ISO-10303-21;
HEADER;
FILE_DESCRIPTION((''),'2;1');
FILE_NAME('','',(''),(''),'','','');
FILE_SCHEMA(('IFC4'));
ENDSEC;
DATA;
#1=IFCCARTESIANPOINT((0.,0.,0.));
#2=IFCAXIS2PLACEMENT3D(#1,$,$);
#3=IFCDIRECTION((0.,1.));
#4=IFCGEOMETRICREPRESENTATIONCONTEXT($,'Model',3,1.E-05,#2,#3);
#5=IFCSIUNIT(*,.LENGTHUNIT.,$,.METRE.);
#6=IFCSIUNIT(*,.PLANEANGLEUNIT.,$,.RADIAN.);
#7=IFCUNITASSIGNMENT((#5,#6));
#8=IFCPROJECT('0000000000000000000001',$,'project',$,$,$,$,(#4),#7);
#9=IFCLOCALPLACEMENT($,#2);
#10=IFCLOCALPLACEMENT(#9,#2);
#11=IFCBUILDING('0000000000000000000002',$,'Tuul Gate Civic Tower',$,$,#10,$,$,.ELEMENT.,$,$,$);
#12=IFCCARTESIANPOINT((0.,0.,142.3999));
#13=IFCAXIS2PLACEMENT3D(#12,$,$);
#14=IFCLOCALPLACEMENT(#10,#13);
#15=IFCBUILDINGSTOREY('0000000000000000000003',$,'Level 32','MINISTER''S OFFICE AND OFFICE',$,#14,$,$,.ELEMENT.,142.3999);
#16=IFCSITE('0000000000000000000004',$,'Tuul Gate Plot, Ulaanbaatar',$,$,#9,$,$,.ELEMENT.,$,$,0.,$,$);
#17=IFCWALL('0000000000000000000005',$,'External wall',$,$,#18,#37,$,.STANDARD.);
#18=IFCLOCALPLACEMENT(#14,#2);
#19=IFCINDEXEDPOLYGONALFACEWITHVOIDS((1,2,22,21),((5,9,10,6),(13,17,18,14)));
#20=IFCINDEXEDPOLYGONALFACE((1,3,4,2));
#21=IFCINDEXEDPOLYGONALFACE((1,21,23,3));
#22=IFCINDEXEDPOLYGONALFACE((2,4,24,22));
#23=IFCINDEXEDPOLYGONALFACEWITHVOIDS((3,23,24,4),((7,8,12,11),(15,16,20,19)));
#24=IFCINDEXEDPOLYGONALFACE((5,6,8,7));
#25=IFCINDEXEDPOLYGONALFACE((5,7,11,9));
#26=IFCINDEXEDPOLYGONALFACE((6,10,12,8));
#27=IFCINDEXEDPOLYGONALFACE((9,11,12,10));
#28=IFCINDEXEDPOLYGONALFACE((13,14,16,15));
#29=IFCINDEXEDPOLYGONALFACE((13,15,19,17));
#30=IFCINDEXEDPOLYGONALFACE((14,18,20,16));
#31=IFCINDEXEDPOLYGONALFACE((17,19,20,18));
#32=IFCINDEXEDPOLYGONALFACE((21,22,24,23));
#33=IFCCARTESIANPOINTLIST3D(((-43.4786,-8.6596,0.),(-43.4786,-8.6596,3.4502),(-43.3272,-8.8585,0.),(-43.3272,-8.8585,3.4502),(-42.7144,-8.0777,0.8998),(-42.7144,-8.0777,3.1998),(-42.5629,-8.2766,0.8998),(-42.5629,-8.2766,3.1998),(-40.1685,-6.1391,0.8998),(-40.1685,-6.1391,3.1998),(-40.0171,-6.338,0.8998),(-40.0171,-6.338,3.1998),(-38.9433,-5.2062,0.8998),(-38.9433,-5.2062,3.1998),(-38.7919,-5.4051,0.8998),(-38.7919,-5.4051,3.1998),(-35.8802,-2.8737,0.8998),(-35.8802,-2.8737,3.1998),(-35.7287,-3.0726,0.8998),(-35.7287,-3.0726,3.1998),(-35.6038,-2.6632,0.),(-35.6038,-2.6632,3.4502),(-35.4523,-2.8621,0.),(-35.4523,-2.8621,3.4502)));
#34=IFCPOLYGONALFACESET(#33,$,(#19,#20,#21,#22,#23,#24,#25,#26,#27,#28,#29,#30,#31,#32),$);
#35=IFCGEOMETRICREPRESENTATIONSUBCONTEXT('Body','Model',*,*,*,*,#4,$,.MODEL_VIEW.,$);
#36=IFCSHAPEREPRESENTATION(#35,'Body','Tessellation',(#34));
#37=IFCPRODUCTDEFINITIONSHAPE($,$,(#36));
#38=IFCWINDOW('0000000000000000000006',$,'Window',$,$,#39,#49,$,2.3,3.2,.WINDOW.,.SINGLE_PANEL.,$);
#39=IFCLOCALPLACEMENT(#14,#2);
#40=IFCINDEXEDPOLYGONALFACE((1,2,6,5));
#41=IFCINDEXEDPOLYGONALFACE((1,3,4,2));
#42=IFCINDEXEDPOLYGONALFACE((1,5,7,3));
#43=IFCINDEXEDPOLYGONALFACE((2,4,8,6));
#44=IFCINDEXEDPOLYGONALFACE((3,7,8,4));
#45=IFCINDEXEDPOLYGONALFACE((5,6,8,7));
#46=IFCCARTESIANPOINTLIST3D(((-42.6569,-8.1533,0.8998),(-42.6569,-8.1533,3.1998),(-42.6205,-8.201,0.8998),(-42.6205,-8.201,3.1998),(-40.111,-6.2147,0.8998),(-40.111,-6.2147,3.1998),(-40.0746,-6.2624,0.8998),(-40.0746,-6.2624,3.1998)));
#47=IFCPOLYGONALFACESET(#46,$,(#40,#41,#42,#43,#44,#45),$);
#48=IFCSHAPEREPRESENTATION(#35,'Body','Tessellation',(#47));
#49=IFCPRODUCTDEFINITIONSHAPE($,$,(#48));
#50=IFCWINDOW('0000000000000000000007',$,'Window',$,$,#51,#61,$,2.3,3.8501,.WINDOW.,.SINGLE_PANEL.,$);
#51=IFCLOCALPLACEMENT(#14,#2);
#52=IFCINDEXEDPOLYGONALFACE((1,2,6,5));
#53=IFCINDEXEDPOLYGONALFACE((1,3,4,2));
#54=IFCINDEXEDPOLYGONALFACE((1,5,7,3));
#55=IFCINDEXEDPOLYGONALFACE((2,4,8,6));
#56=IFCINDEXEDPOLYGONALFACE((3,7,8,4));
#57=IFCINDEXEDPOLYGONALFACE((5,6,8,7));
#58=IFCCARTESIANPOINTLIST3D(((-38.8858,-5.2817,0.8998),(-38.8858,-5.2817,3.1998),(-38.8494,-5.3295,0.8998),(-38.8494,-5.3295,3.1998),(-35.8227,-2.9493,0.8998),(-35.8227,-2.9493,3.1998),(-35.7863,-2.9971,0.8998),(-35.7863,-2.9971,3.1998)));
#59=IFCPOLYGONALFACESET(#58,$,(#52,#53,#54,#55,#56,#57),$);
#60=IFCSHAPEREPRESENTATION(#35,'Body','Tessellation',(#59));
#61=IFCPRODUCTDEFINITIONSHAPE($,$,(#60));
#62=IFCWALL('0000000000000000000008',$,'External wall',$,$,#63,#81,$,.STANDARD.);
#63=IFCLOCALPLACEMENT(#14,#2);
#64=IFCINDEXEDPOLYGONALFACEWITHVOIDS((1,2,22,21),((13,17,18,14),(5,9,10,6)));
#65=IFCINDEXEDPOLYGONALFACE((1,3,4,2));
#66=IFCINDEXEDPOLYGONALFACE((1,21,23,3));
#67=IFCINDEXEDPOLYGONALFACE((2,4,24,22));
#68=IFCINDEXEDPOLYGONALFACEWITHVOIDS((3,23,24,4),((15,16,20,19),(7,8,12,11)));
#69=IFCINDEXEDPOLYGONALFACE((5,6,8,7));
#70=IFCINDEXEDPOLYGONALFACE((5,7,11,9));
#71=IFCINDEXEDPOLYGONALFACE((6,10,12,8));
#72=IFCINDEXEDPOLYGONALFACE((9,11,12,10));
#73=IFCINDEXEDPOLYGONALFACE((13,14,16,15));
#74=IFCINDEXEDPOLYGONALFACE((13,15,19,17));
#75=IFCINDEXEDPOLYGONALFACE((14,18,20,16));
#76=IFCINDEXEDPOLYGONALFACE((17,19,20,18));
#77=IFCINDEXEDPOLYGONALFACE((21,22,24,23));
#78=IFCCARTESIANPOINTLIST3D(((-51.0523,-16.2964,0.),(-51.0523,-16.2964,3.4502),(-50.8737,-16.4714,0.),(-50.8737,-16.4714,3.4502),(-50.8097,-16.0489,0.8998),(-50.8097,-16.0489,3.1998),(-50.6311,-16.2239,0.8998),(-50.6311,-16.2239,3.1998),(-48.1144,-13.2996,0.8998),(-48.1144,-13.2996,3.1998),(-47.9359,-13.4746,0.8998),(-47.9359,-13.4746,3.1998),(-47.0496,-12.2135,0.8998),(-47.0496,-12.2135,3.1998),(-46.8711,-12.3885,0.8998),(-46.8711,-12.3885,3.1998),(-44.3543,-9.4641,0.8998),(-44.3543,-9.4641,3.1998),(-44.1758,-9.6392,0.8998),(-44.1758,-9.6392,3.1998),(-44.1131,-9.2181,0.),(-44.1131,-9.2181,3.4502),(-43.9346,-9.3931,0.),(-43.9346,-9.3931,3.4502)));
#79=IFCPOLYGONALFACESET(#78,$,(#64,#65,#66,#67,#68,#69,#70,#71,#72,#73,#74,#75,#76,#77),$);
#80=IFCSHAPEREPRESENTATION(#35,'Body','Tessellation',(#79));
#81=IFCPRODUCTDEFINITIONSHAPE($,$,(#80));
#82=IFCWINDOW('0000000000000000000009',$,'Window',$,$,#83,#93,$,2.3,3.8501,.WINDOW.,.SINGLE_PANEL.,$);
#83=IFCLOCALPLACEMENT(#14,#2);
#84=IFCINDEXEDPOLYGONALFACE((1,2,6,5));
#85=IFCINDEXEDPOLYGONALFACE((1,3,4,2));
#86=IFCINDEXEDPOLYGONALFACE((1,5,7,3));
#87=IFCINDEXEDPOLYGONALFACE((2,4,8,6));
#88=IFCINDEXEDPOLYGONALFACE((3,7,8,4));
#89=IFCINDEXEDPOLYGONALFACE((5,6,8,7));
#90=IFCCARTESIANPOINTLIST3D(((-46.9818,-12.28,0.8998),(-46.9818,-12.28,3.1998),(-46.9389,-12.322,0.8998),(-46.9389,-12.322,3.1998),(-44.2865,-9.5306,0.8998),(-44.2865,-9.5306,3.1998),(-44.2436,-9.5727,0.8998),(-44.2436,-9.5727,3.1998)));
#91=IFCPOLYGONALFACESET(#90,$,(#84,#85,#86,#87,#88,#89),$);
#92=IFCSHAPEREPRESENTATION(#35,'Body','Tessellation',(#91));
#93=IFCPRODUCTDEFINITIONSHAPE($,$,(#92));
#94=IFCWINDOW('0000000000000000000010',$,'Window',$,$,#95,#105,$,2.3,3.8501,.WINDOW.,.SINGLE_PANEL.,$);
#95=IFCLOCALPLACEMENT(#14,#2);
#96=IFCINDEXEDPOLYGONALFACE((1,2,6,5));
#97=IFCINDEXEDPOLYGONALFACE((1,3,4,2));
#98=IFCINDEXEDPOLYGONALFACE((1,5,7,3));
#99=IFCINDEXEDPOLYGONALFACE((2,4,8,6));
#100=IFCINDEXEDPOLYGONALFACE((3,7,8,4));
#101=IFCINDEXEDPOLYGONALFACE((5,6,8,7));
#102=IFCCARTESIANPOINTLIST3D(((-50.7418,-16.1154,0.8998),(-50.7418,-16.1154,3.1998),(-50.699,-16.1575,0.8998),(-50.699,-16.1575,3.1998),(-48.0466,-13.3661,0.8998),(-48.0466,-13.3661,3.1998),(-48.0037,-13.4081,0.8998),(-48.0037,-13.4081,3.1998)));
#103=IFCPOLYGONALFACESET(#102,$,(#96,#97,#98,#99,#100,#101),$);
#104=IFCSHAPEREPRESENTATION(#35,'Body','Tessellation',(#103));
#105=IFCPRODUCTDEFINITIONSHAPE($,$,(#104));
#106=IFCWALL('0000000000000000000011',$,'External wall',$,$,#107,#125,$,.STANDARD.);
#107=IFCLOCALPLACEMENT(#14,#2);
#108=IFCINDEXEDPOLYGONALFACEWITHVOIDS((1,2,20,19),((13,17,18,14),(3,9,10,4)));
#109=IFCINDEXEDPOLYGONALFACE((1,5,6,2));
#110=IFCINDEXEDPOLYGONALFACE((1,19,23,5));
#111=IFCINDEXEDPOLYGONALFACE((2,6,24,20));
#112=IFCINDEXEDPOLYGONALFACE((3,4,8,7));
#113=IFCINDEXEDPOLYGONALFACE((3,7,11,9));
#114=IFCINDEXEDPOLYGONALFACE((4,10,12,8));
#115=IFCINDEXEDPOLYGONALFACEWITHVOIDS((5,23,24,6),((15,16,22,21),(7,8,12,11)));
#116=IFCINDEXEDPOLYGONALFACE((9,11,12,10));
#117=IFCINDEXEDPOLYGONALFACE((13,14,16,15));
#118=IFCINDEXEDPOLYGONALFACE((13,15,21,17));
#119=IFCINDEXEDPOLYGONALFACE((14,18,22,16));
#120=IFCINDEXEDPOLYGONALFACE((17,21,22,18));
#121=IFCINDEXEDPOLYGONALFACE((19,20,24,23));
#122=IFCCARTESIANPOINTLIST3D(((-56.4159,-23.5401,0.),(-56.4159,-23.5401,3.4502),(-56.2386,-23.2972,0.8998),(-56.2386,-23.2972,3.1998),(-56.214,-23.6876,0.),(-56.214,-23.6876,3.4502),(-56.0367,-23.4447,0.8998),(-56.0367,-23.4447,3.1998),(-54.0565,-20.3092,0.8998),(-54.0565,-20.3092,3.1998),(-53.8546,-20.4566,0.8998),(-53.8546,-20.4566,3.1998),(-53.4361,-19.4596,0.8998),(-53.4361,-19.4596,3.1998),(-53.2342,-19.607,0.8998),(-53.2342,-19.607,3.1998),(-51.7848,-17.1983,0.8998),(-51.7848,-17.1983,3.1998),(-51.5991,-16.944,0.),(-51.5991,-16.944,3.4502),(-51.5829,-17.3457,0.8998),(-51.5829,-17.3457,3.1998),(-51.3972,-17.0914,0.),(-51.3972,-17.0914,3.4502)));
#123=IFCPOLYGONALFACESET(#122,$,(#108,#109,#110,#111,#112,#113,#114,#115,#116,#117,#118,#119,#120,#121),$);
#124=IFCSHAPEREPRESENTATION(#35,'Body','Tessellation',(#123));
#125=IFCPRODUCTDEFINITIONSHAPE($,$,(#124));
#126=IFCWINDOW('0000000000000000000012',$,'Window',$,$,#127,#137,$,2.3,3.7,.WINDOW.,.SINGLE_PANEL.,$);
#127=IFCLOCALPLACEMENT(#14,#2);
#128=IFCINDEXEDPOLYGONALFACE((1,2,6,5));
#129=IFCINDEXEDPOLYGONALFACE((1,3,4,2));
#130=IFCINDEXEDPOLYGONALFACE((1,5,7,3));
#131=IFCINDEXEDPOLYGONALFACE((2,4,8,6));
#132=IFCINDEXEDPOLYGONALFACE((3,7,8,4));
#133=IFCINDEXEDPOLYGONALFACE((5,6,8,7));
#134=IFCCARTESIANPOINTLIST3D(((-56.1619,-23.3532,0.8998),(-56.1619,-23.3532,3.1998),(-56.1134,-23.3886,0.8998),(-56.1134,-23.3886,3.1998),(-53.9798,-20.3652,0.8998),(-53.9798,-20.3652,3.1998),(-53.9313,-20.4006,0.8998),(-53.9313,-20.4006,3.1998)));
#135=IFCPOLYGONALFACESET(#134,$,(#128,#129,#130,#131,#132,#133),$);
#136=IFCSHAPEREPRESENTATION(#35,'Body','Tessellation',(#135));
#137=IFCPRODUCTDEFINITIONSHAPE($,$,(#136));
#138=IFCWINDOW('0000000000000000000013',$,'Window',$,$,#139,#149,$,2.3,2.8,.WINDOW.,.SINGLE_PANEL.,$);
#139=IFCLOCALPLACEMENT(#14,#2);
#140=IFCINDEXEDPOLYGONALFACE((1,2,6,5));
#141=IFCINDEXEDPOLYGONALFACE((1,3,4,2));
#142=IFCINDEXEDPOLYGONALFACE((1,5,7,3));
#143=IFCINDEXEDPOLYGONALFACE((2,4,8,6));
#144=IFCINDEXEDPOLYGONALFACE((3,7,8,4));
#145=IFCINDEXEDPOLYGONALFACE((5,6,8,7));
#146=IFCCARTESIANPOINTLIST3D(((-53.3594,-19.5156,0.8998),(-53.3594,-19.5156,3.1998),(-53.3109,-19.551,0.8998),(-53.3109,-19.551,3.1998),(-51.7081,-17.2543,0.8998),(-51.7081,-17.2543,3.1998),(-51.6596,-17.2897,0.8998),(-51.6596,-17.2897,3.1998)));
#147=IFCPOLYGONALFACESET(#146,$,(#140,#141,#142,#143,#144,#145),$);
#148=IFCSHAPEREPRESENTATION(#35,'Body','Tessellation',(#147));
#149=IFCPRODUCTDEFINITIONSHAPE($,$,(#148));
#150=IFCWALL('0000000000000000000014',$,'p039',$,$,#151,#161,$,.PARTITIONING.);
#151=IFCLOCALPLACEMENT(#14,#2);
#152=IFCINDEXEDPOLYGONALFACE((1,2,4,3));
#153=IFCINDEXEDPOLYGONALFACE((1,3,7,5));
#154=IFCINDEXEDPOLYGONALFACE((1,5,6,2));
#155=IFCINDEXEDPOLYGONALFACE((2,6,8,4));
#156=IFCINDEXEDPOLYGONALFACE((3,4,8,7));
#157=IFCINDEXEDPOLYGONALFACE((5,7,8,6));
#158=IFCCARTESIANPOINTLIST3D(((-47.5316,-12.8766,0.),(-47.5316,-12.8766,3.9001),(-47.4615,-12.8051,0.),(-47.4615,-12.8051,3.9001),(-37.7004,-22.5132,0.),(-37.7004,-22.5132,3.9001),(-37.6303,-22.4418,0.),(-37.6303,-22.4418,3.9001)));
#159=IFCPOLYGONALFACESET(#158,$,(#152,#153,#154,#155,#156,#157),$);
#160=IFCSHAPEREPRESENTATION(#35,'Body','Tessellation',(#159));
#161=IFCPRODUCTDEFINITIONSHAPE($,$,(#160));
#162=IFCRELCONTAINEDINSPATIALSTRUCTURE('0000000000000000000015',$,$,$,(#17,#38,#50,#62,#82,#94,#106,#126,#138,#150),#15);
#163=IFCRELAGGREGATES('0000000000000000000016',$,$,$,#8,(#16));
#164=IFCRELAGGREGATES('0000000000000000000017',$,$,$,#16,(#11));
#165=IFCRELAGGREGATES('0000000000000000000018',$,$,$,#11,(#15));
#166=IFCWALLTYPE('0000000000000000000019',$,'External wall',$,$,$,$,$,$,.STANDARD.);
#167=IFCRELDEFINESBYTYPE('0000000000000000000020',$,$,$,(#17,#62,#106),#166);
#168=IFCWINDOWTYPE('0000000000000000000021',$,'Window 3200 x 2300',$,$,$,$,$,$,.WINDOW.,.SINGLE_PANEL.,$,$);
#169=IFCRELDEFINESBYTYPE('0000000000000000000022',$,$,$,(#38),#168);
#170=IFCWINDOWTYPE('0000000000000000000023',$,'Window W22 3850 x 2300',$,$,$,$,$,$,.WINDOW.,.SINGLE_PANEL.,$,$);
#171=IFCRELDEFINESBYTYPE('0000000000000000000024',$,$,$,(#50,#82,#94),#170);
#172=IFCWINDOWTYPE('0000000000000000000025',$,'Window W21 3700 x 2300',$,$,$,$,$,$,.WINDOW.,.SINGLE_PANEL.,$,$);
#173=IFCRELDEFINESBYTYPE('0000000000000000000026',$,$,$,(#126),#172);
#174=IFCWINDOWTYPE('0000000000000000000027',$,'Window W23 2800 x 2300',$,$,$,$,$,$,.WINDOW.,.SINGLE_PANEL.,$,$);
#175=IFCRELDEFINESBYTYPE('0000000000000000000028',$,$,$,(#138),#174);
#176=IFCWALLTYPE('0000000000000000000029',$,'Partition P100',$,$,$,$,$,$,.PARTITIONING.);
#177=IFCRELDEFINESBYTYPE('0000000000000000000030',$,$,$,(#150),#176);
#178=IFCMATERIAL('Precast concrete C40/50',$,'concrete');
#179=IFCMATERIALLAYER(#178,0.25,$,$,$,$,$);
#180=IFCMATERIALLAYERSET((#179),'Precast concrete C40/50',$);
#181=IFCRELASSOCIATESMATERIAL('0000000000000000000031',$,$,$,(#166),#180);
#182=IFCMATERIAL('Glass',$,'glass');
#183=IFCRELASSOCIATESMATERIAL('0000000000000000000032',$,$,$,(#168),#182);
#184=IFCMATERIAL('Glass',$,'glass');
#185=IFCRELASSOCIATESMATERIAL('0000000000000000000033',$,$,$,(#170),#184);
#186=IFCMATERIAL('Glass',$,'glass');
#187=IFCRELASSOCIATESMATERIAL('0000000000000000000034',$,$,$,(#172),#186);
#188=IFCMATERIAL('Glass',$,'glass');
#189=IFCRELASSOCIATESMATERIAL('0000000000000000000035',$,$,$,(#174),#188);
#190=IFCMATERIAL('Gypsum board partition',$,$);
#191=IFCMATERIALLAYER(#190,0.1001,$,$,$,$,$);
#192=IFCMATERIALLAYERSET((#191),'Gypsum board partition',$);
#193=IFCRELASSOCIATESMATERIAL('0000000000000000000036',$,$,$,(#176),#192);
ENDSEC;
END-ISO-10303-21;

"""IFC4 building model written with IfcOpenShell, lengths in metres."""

from ifc_helpers import new_model, si_unit, direction, frame, frame_2d, origin, place, context, subcontext, project, spatial, rectangle, extrude, material, layer, layer_set, type_object, element, fill, save


model = new_model("IFC4")

# Units and contexts
model_context = context("Model", 3, precision=1e-05, world=origin(), true_north=direction((0.0, 1.0)))
body_context = subcontext(model_context, "Body", "Model", "MODEL_VIEW")
ifc_project = project(units=[si_unit("LENGTHUNIT", "METRE"), si_unit("PLANEANGLEUNIT", "RADIAN")], contexts=[model_context])

# Site, building, storey
site_placement = place(None, origin())
site = spatial("IfcSite", under=ifc_project, at=site_placement, Name="Tuul Gate Plot, Ulaanbaatar", CompositionType="ELEMENT", RefElevation=0.0)
building_placement = place(site_placement, origin())
building = spatial("IfcBuilding", under=site, at=building_placement, Name="Tuul Gate Civic Tower", CompositionType="ELEMENT")
storey_placement = place(building_placement, frame((0.0, 0.0, 142.3999)))
storey = spatial("IfcBuildingStorey", under=building, at=storey_placement, Name="Level 32", Description="MINISTER'S OFFICE AND OFFICE", CompositionType="ELEMENT", Elevation=142.3999)

# Walls, openings, windows
ifc_material_1 = material(Name="Precast concrete C40/50", Category="concrete")
ifc_layer_1 = layer(ifc_material_1, 0.25)
ifc_layer_set_1 = layer_set([ifc_layer_1], Name="Precast concrete C40/50")
wall_type_1 = type_object("IfcWallType", Name="External wall", PredefinedType="STANDARD", material=ifc_layer_set_1)
wall_1_placement = place(storey_placement, frame((-35.5281, -2.7627, 0.0), z_axis=(0.0, 0.0, 1.0), x_axis=(-0.795601, -0.605821, 0.0)))
wall_1 = element("IfcWall", 1, at=wall_1_placement, inside=storey, type_object=wall_type_1, Name="External wall", PredefinedType="STANDARD", context=body_context, shape_type="SweptSolid", body=[
    extrude(rectangle(XDim=9.8979, YDim=0.25, at=frame_2d((4.949, 0.0))), origin(), (0.0, 0.0, 1.0), 3.4502),
])
opening_1_placement = place(wall_1_placement, frame((0.3474, 0.0, 0.8999)))
opening_1 = element("IfcOpeningElement", 2, at=opening_1_placement, cuts=wall_1, PredefinedType="OPENING", context=body_context, shape_type="SweptSolid", body=[
    extrude(rectangle(XDim=3.8501, YDim=2.3, at=frame_2d((1.925, 1.1499))), frame((0.0, 0.135, 0.0), z_axis=(0.0, -1.0, 0.0), x_axis=(1.0, 0.0, 0.0)), (0.0, 0.0, 1.0), 0.27),
])
opening_2_placement = place(wall_1_placement, frame((5.7373, 0.0, 0.8999)))
opening_2 = element("IfcOpeningElement", 3, at=opening_2_placement, cuts=wall_1, PredefinedType="OPENING", context=body_context, shape_type="SweptSolid", body=[
    extrude(rectangle(XDim=3.2, YDim=2.3, at=frame_2d((1.6001, 1.1499))), frame((0.0, 0.135, 0.0), z_axis=(0.0, -1.0, 0.0), x_axis=(1.0, 0.0, 0.0)), (0.0, 0.0, 1.0), 0.27),
])
ifc_material_2 = material(Name="Glass", Category="glass")
window_type_1 = type_object("IfcWindowType", Name="Window 3200 x 2300", PartitioningType="SINGLE_PANEL", PredefinedType="WINDOW", material=ifc_material_2)
window_1_placement = place(opening_2_placement, origin())
window_1 = element("IfcWindow", 4, at=window_1_placement, inside=storey, type_object=window_type_1, Name="Window", OverallHeight=2.3, OverallWidth=3.2, PartitioningType="SINGLE_PANEL", PredefinedType="WINDOW", context=body_context, shape_type="SweptSolid", body=[
    extrude(rectangle(XDim=3.2, YDim=2.3, at=frame_2d((1.6001, 1.1499))), frame((0.0, 0.03, 0.0), z_axis=(0.0, -1.0, 0.0), x_axis=(1.0, 0.0, 0.0)), (0.0, 0.0, 1.0), 0.0601),
])
fill(opening_2, window_1)
ifc_material_3 = material(Name="Glass", Category="glass")
window_type_2 = type_object("IfcWindowType", Name="Window W22 3850 x 2300", PartitioningType="SINGLE_PANEL", PredefinedType="WINDOW", material=ifc_material_3)
window_2_placement = place(opening_1_placement, origin())
window_2 = element("IfcWindow", 5, at=window_2_placement, inside=storey, type_object=window_type_2, Name="Window", OverallHeight=2.3, OverallWidth=3.8501, PartitioningType="SINGLE_PANEL", PredefinedType="WINDOW", context=body_context, shape_type="SweptSolid", body=[
    extrude(rectangle(XDim=3.8501, YDim=2.3, at=frame_2d((1.925, 1.1499))), frame((0.0, 0.03, 0.0), z_axis=(0.0, -1.0, 0.0), x_axis=(1.0, 0.0, 0.0)), (0.0, 0.0, 1.0), 0.0601),
])
fill(opening_1, window_2)
wall_2_placement = place(storey_placement, frame((-44.0239, -9.3057, 0.0), z_axis=(0.0, 0.0, 1.0), x_axis=(-0.700052, -0.714091, 0.0)))
wall_2 = element("IfcWall", 6, at=wall_2_placement, inside=storey, type_object=wall_type_1, Name="External wall", PredefinedType="STANDARD", context=body_context, shape_type="SweptSolid", body=[
    extrude(rectangle(XDim=9.9124, YDim=0.25, at=frame_2d((4.9561, 0.0))), origin(), (0.0, 0.0, 1.0), 3.4502),
])
opening_3_placement = place(wall_2_placement, frame((0.3445, 0.0, 0.8999)))
opening_3 = element("IfcOpeningElement", 7, at=opening_3_placement, cuts=wall_2, PredefinedType="OPENING", context=body_context, shape_type="SweptSolid", body=[
    extrude(rectangle(XDim=3.8501, YDim=2.3, at=frame_2d((1.925, 1.1499))), frame((0.0, 0.135, 0.0), z_axis=(0.0, -1.0, 0.0), x_axis=(1.0, 0.0, 0.0)), (0.0, 0.0, 1.0), 0.27),
])
opening_4_placement = place(wall_2_placement, frame((5.7156, 0.0, 0.8999)))
opening_4 = element("IfcOpeningElement", 8, at=opening_4_placement, cuts=wall_2, PredefinedType="OPENING", context=body_context, shape_type="SweptSolid", body=[
    extrude(rectangle(XDim=3.8501, YDim=2.3, at=frame_2d((1.925, 1.1499))), frame((0.0, 0.135, 0.0), z_axis=(0.0, -1.0, 0.0), x_axis=(1.0, 0.0, 0.0)), (0.0, 0.0, 1.0), 0.27),
])
window_3_placement = place(opening_3_placement, origin())
window_3 = element("IfcWindow", 9, at=window_3_placement, inside=storey, type_object=window_type_2, Name="Window", OverallHeight=2.3, OverallWidth=3.8501, PartitioningType="SINGLE_PANEL", PredefinedType="WINDOW", context=body_context, shape_type="SweptSolid", body=[
    extrude(rectangle(XDim=3.8501, YDim=2.3, at=frame_2d((1.925, 1.1499))), frame((0.0, 0.03, 0.0), z_axis=(0.0, -1.0, 0.0), x_axis=(1.0, 0.0, 0.0)), (0.0, 0.0, 1.0), 0.0601),
])
fill(opening_3, window_3)
window_4_placement = place(opening_4_placement, origin())
window_4 = element("IfcWindow", 10, at=window_4_placement, inside=storey, type_object=window_type_2, Name="Window", OverallHeight=2.3, OverallWidth=3.8501, PartitioningType="SINGLE_PANEL", PredefinedType="WINDOW", context=body_context, shape_type="SweptSolid", body=[
    extrude(rectangle(XDim=3.8501, YDim=2.3, at=frame_2d((1.925, 1.1499))), frame((0.0, 0.03, 0.0), z_axis=(0.0, -1.0, 0.0), x_axis=(1.0, 0.0, 0.0)), (0.0, 0.0, 1.0), 0.0601),
])
fill(opening_4, window_4)
wall_3_placement = place(storey_placement, frame((-51.498, -17.0176, 0.0), z_axis=(0.0, 0.0, 1.0), x_axis=(-0.589745, -0.807589, 0.0)))
wall_3 = element("IfcWall", 11, at=wall_3_placement, inside=storey, type_object=wall_type_1, Name="External wall", PredefinedType="STANDARD", context=body_context, shape_type="SweptSolid", body=[
    extrude(rectangle(XDim=8.1677, YDim=0.25, at=frame_2d((4.084, 0.0))), origin(), (0.0, 0.0, 1.0), 3.4502),
])
opening_5_placement = place(wall_3_placement, frame((0.3152, 0.0, 0.8999)))
opening_5 = element("IfcOpeningElement", 12, at=opening_5_placement, cuts=wall_3, PredefinedType="OPENING", context=body_context, shape_type="SweptSolid", body=[
    extrude(rectangle(XDim=2.8, YDim=2.3, at=frame_2d((1.3999, 1.1499))), frame((0.0, 0.135, 0.0), z_axis=(0.0, -1.0, 0.0), x_axis=(1.0, 0.0, 0.0)), (0.0, 0.0, 1.0), 0.27),
])
opening_6_placement = place(wall_3_placement, frame((4.167, 0.0, 0.8999)))
opening_6 = element("IfcOpeningElement", 13, at=opening_6_placement, cuts=wall_3, PredefinedType="OPENING", context=body_context, shape_type="SweptSolid", body=[
    extrude(rectangle(XDim=3.7, YDim=2.3, at=frame_2d((1.8501, 1.1499))), frame((0.0, 0.135, 0.0), z_axis=(0.0, -1.0, 0.0), x_axis=(1.0, 0.0, 0.0)), (0.0, 0.0, 1.0), 0.27),
])
ifc_material_4 = material(Name="Glass", Category="glass")
window_type_3 = type_object("IfcWindowType", Name="Window W21 3700 x 2300", PartitioningType="SINGLE_PANEL", PredefinedType="WINDOW", material=ifc_material_4)
window_5_placement = place(opening_6_placement, origin())
window_5 = element("IfcWindow", 14, at=window_5_placement, inside=storey, type_object=window_type_3, Name="Window", OverallHeight=2.3, OverallWidth=3.7, PartitioningType="SINGLE_PANEL", PredefinedType="WINDOW", context=body_context, shape_type="SweptSolid", body=[
    extrude(rectangle(XDim=3.7, YDim=2.3, at=frame_2d((1.8501, 1.1499))), frame((0.0, 0.03, 0.0), z_axis=(0.0, -1.0, 0.0), x_axis=(1.0, 0.0, 0.0)), (0.0, 0.0, 1.0), 0.0601),
])
fill(opening_6, window_5)
ifc_material_5 = material(Name="Glass", Category="glass")
window_type_4 = type_object("IfcWindowType", Name="Window W23 2800 x 2300", PartitioningType="SINGLE_PANEL", PredefinedType="WINDOW", material=ifc_material_5)
window_6_placement = place(opening_5_placement, origin())
window_6 = element("IfcWindow", 15, at=window_6_placement, inside=storey, type_object=window_type_4, Name="Window", OverallHeight=2.3, OverallWidth=2.8, PartitioningType="SINGLE_PANEL", PredefinedType="WINDOW", context=body_context, shape_type="SweptSolid", body=[
    extrude(rectangle(XDim=2.8, YDim=2.3, at=frame_2d((1.3999, 1.1499))), frame((0.0, 0.03, 0.0), z_axis=(0.0, -1.0, 0.0), x_axis=(1.0, 0.0, 0.0)), (0.0, 0.0, 1.0), 0.0601),
])
fill(opening_5, window_6)

# Wall
ifc_material_6 = material(Name="Gypsum board partition")
ifc_layer_2 = layer(ifc_material_6, 0.1001)
ifc_layer_set_2 = layer_set([ifc_layer_2], Name="Gypsum board partition")
wall_type_2 = type_object("IfcWallType", Name="Partition P100", PredefinedType="PARTITIONING", material=ifc_layer_set_2)
wall_4_placement = place(storey_placement, frame((-47.4966, -12.8408, 0.0), z_axis=(0.0, 0.0, 1.0), x_axis=(0.714139, -0.700004, 0.0)))
element("IfcWall", 16, at=wall_4_placement, inside=storey, type_object=wall_type_2, Name="p039", PredefinedType="PARTITIONING", context=body_context, shape_type="SweptSolid", body=[
    extrude(rectangle(XDim=13.7666, YDim=0.1001, at=frame_2d((6.8833, 0.0))), origin(), (0.0, 0.0, 1.0), 3.9001),
])

save(model, "model.ifc")
